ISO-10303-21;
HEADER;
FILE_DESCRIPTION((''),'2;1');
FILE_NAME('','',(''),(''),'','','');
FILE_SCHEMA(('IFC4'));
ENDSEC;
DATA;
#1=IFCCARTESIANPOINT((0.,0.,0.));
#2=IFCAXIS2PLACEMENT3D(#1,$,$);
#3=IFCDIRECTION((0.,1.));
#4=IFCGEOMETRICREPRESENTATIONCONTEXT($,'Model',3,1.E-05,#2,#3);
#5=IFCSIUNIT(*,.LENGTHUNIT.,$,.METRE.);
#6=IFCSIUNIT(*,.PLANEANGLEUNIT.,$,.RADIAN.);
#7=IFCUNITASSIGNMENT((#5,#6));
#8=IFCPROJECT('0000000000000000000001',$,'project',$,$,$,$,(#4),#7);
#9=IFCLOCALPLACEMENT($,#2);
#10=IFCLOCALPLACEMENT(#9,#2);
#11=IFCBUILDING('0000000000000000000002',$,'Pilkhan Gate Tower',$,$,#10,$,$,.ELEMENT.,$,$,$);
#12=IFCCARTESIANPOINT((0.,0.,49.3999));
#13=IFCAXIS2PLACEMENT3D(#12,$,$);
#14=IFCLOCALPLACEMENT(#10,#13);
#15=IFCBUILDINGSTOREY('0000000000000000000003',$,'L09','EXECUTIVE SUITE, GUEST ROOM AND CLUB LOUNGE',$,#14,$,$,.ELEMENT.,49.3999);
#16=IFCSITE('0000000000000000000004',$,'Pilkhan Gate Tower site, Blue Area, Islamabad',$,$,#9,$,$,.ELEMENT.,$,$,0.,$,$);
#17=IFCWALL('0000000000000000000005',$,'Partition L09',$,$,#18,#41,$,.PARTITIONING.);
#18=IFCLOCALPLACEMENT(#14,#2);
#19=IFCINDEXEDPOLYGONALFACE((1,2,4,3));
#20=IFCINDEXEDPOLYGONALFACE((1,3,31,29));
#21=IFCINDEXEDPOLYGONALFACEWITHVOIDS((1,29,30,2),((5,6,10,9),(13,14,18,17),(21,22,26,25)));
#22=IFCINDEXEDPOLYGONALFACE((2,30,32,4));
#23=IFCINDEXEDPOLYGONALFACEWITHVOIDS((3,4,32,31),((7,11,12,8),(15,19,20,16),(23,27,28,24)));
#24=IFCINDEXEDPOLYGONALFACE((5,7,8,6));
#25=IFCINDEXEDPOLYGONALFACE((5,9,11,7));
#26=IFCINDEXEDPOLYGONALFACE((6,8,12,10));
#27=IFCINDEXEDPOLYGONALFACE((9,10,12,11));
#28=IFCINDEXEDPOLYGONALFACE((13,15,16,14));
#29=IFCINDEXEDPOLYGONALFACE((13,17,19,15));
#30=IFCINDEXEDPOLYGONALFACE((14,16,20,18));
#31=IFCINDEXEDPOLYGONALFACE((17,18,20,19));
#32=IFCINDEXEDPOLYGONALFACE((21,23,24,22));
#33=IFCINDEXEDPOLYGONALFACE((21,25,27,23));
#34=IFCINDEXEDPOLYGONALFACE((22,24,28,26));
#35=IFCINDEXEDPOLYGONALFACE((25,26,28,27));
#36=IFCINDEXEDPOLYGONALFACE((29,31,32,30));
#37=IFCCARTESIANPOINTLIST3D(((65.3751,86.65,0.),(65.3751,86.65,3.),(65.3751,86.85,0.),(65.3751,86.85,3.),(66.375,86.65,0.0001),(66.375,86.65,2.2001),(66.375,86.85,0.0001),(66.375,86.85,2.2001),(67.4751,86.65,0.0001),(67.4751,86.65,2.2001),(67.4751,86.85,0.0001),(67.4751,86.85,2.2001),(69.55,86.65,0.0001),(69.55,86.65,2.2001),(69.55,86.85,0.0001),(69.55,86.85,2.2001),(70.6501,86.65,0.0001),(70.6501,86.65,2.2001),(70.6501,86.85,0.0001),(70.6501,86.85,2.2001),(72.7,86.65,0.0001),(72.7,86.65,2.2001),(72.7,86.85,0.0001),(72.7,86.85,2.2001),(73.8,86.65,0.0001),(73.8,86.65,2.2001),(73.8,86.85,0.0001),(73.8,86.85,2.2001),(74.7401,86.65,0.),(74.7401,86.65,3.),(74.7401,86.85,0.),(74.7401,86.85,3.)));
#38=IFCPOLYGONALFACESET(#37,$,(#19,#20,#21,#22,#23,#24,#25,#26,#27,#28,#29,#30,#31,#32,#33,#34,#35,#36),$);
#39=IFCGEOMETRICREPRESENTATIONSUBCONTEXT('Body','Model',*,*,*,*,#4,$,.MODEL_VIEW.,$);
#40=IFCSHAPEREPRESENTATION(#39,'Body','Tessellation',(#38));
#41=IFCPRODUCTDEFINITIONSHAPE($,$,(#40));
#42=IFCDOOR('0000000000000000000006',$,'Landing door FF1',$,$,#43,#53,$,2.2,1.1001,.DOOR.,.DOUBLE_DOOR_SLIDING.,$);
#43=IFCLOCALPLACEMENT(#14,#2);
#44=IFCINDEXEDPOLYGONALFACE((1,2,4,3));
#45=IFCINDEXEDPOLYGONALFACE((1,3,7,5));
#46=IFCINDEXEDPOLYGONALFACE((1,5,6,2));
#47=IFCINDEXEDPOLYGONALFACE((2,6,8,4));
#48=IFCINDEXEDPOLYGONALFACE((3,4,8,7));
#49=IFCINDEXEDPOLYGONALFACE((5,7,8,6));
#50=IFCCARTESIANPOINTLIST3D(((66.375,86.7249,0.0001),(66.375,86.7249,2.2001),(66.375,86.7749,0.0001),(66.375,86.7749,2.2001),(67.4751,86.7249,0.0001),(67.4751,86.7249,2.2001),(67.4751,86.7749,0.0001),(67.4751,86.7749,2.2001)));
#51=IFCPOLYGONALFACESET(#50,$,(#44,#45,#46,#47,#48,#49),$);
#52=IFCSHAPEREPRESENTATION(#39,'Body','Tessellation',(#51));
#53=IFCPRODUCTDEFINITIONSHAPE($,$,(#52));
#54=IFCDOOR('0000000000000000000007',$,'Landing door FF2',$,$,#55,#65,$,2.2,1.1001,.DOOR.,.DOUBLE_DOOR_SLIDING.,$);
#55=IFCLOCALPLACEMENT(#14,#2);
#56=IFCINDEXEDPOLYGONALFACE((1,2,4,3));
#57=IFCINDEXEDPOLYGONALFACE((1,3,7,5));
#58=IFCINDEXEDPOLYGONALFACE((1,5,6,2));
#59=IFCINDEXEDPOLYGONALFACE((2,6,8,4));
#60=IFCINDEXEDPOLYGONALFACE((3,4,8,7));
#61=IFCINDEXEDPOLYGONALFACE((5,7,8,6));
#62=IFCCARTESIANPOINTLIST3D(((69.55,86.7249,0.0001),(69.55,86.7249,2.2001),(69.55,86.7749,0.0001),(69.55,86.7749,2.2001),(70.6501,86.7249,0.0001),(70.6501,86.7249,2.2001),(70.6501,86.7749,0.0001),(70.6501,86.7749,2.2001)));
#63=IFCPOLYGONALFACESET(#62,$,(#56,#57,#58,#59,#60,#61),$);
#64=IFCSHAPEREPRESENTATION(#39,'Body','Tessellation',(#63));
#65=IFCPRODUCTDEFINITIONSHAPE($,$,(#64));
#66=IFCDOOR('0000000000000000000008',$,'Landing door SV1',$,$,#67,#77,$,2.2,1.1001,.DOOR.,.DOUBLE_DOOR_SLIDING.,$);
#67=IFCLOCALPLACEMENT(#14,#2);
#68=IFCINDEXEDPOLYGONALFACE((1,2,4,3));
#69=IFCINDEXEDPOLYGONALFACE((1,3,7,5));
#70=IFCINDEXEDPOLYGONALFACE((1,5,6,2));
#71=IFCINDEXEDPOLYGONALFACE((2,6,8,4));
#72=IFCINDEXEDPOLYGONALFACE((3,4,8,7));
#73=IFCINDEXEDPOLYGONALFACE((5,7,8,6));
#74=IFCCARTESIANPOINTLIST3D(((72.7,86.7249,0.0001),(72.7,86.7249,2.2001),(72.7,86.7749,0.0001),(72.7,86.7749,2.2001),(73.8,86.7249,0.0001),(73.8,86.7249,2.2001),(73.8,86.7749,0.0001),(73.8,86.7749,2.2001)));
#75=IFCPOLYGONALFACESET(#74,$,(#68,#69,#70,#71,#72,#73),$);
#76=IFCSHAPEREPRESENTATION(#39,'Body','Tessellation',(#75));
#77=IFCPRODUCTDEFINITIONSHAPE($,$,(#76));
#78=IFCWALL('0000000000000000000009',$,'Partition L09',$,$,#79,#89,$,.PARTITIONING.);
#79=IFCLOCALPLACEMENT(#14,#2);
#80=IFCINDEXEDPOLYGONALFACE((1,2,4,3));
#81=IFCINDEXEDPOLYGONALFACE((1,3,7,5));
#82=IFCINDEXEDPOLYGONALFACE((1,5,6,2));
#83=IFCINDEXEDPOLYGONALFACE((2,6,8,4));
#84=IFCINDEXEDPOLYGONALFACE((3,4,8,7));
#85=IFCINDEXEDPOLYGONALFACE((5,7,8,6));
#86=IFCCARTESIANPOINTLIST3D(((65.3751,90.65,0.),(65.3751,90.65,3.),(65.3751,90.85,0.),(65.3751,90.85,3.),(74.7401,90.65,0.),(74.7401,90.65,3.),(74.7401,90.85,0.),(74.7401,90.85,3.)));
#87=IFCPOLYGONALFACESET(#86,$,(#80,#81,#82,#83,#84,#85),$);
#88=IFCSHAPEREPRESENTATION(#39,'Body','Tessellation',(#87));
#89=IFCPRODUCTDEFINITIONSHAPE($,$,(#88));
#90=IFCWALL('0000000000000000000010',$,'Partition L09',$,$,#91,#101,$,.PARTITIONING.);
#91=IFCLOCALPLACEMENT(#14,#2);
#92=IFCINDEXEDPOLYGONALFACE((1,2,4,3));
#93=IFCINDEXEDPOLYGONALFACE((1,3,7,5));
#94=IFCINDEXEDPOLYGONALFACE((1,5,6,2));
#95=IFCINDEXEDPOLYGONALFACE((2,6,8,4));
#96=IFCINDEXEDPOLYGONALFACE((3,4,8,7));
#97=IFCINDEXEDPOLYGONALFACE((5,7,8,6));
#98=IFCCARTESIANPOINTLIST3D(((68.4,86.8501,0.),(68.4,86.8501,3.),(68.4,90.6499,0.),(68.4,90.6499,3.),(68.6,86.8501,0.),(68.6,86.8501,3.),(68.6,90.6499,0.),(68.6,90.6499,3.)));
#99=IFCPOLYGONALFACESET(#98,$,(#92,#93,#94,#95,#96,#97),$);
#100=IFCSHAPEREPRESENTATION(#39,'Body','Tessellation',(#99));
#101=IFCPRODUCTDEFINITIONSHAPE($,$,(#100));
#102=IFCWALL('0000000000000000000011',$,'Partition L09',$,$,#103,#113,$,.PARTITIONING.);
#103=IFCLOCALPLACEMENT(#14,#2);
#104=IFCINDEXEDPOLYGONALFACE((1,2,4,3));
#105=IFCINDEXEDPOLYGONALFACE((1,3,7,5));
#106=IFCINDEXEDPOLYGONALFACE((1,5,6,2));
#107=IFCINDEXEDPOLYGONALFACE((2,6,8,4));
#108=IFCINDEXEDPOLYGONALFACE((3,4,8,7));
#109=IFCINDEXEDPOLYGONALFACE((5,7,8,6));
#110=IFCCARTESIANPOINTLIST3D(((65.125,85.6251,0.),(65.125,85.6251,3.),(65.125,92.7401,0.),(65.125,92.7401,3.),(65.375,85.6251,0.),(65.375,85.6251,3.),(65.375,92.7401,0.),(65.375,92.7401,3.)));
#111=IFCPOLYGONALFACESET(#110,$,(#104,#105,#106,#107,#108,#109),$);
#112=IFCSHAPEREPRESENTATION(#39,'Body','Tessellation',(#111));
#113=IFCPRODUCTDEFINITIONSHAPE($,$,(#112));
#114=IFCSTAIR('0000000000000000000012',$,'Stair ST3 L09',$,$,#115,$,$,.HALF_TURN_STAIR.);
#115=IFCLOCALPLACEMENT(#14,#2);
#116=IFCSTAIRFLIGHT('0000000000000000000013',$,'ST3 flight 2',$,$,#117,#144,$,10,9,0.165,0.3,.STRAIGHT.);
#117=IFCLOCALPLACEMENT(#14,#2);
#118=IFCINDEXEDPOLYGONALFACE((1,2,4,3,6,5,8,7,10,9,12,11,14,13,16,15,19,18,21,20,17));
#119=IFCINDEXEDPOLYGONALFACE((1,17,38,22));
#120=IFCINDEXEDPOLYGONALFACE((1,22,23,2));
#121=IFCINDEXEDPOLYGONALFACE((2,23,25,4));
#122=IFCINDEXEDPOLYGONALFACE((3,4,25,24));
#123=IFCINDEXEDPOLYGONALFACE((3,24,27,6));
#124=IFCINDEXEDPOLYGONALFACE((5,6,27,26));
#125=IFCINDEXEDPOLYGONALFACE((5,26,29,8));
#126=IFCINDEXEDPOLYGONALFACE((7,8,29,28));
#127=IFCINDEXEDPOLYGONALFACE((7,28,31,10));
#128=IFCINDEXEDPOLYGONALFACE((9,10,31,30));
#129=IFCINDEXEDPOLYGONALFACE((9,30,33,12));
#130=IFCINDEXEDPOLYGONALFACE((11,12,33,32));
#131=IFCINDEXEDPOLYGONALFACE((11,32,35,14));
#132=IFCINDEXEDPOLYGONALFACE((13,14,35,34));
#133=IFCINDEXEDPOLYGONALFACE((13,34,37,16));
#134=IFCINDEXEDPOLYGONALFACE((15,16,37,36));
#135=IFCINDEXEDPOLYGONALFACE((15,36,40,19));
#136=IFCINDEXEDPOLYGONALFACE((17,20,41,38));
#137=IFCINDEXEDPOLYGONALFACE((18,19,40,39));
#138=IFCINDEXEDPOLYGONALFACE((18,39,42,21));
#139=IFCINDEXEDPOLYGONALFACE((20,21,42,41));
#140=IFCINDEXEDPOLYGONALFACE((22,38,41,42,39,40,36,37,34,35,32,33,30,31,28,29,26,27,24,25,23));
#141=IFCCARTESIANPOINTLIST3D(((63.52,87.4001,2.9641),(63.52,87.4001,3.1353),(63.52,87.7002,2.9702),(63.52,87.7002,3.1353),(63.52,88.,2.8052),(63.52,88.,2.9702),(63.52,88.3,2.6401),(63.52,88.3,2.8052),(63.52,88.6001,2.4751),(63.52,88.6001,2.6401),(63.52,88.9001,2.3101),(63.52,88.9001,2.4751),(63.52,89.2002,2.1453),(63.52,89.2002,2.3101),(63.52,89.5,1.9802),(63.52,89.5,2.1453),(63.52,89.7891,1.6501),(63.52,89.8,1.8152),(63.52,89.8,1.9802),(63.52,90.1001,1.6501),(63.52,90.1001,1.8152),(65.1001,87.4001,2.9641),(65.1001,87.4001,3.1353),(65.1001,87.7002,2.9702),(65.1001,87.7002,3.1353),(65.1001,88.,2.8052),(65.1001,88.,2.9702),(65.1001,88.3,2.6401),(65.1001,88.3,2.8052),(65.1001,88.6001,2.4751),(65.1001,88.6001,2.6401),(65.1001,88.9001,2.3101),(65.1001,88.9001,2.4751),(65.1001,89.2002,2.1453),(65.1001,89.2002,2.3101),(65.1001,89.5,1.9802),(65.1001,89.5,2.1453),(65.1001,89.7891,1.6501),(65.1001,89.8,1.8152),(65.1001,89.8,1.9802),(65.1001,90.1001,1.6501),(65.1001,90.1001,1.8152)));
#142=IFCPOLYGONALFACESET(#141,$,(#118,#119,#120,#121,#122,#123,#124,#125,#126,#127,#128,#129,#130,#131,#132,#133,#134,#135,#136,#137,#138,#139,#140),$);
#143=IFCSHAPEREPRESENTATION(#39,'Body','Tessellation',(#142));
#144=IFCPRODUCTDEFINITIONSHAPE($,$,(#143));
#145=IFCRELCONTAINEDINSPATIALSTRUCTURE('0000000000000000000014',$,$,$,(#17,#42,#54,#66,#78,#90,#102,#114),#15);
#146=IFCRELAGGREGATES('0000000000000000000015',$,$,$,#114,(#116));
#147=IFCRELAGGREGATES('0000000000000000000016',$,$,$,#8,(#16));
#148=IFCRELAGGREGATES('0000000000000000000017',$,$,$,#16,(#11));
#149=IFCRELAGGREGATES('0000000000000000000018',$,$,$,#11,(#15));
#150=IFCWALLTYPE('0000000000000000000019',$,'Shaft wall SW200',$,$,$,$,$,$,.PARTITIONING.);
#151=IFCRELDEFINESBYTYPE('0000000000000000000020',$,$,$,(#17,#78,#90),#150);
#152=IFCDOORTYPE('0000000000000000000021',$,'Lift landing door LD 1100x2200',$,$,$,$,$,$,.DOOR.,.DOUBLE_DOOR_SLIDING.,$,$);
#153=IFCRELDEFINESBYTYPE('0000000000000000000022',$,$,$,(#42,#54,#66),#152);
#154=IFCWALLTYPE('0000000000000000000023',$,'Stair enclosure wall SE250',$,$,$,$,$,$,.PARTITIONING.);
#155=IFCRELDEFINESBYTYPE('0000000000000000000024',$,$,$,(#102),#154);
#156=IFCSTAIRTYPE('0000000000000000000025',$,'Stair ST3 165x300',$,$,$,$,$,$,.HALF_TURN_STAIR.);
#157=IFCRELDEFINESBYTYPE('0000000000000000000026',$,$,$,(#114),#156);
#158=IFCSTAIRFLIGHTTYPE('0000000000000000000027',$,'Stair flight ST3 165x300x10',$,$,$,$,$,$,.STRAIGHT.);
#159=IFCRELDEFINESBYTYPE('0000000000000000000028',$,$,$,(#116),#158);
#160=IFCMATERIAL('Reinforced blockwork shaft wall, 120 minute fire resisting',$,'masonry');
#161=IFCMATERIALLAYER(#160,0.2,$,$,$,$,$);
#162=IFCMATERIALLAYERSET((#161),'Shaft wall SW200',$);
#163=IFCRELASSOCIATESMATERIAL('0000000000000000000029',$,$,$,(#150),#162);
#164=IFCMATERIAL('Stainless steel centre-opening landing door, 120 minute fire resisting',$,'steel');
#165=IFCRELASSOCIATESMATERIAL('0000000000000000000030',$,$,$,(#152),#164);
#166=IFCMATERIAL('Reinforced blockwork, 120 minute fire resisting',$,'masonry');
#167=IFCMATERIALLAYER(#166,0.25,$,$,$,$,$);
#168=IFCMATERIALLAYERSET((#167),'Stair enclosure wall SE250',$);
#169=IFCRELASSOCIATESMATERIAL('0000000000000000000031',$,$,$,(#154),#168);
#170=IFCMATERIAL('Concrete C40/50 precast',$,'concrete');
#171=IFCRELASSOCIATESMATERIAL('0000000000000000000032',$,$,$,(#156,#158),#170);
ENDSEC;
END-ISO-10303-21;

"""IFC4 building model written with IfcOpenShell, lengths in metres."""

from ifc_helpers import new_model, si_unit, direction, frame, frame_2d, origin, place, context, subcontext, project, spatial, polyline, rectangle, outline, extrude, material, layer, layer_set, type_object, element, fill, aggregate, save


model = new_model("IFC4")

# Units and contexts
model_context = context("Model", 3, precision=1e-05, world=origin(), true_north=direction((0.0, 1.0)))
body_context = subcontext(model_context, "Body", "Model", "MODEL_VIEW")
ifc_project = project(units=[si_unit("LENGTHUNIT", "METRE"), si_unit("PLANEANGLEUNIT", "RADIAN")], contexts=[model_context])

# Site, building, storey
site_placement = place(None, origin())
site = spatial("IfcSite", under=ifc_project, at=site_placement, Name="Pilkhan Gate Tower site, Blue Area, Islamabad", CompositionType="ELEMENT", RefElevation=0.0)
building_placement = place(site_placement, origin())
building = spatial("IfcBuilding", under=site, at=building_placement, Name="Pilkhan Gate Tower", CompositionType="ELEMENT")
storey_placement = place(building_placement, frame((0.0, 0.0, 49.3999)))
storey = spatial("IfcBuildingStorey", under=building, at=storey_placement, Name="L09", Description="EXECUTIVE SUITE, GUEST ROOM AND CLUB LOUNGE", CompositionType="ELEMENT", Elevation=49.3999)

# Wall, openings, doors
ifc_material_1 = material(Name="Reinforced blockwork shaft wall, 120 minute fire resisting", Category="masonry")
ifc_layer_1 = layer(ifc_material_1, 0.2)
ifc_layer_set_1 = layer_set([ifc_layer_1], Name="Shaft wall SW200")
wall_type_1 = type_object("IfcWallType", Name="Shaft wall SW200", PredefinedType="PARTITIONING", material=ifc_layer_set_1)
wall_1_placement = place(storey_placement, frame((65.375, 86.75, 0.0), z_axis=(0.0, 0.0, 1.0), x_axis=(1.0, 0.0, 0.0)))
wall_1 = element("IfcWall", 1, at=wall_1_placement, inside=storey, type_object=wall_type_1, Name="Partition L09", PredefinedType="PARTITIONING", context=body_context, shape_type="SweptSolid", body=[
    extrude(rectangle(XDim=9.365, YDim=0.2, at=frame_2d((4.6826, 0.0))), origin(), (0.0, 0.0, 1.0), 3.0),
])
opening_1_placement = place(wall_1_placement, frame((1.0, 0.0, 0.0)))
opening_1 = element("IfcOpeningElement", 2, at=opening_1_placement, cuts=wall_1, PredefinedType="OPENING", context=body_context, shape_type="SweptSolid", body=[
    extrude(rectangle(XDim=1.1001, YDim=2.2, at=frame_2d((0.55, 1.1001))), frame((0.0, 0.1099, 0.0), z_axis=(0.0, -1.0, 0.0), x_axis=(1.0, 0.0, 0.0)), (0.0, 0.0, 1.0), 0.22),
])
opening_2_placement = place(wall_1_placement, frame((4.175, 0.0, 0.0)))
opening_2 = element("IfcOpeningElement", 3, at=opening_2_placement, cuts=wall_1, PredefinedType="OPENING", context=body_context, shape_type="SweptSolid", body=[
    extrude(rectangle(XDim=1.1001, YDim=2.2, at=frame_2d((0.55, 1.1001))), frame((0.0, 0.1099, 0.0), z_axis=(0.0, -1.0, 0.0), x_axis=(1.0, 0.0, 0.0)), (0.0, 0.0, 1.0), 0.22),
])
opening_3_placement = place(wall_1_placement, frame((7.325, 0.0, 0.0)))
opening_3 = element("IfcOpeningElement", 4, at=opening_3_placement, cuts=wall_1, PredefinedType="OPENING", context=body_context, shape_type="SweptSolid", body=[
    extrude(rectangle(XDim=1.1001, YDim=2.2, at=frame_2d((0.55, 1.1001))), frame((0.0, 0.1099, 0.0), z_axis=(0.0, -1.0, 0.0), x_axis=(1.0, 0.0, 0.0)), (0.0, 0.0, 1.0), 0.22),
])
ifc_material_2 = material(Name="Stainless steel centre-opening landing door, 120 minute fire resisting", Category="steel")
door_type = type_object("IfcDoorType", Name="Lift landing door LD 1100x2200", OperationType="DOUBLE_DOOR_SLIDING", PredefinedType="DOOR", material=ifc_material_2)
door_1_placement = place(opening_1_placement, origin())
door_1 = element("IfcDoor", 5, at=door_1_placement, inside=storey, type_object=door_type, Name="Landing door FF1", OperationType="DOUBLE_DOOR_SLIDING", OverallHeight=2.2, OverallWidth=1.1001, PredefinedType="DOOR", context=body_context, shape_type="SweptSolid", body=[
    extrude(rectangle(XDim=1.1001, YDim=2.2, at=frame_2d((0.55, 1.1001))), frame((0.0, 0.0249, 0.0), z_axis=(0.0, -1.0, 0.0), x_axis=(1.0, 0.0, 0.0)), (0.0, 0.0, 1.0), 0.05),
])
fill(opening_1, door_1)
door_2_placement = place(opening_2_placement, origin())
door_2 = element("IfcDoor", 6, at=door_2_placement, inside=storey, type_object=door_type, Name="Landing door FF2", OperationType="DOUBLE_DOOR_SLIDING", OverallHeight=2.2, OverallWidth=1.1001, PredefinedType="DOOR", context=body_context, shape_type="SweptSolid", body=[
    extrude(rectangle(XDim=1.1001, YDim=2.2, at=frame_2d((0.55, 1.1001))), frame((0.0, 0.0249, 0.0), z_axis=(0.0, -1.0, 0.0), x_axis=(1.0, 0.0, 0.0)), (0.0, 0.0, 1.0), 0.05),
])
fill(opening_2, door_2)
door_3_placement = place(opening_3_placement, origin())
door_3 = element("IfcDoor", 7, at=door_3_placement, inside=storey, type_object=door_type, Name="Landing door SV1", OperationType="DOUBLE_DOOR_SLIDING", OverallHeight=2.2, OverallWidth=1.1001, PredefinedType="DOOR", context=body_context, shape_type="SweptSolid", body=[
    extrude(rectangle(XDim=1.1001, YDim=2.2, at=frame_2d((0.55, 1.1001))), frame((0.0, 0.0249, 0.0), z_axis=(0.0, -1.0, 0.0), x_axis=(1.0, 0.0, 0.0)), (0.0, 0.0, 1.0), 0.05),
])
fill(opening_3, door_3)

# Walls
wall_2_placement = place(storey_placement, frame((65.375, 90.75, 0.0), z_axis=(0.0, 0.0, 1.0), x_axis=(1.0, 0.0, 0.0)))
element("IfcWall", 8, at=wall_2_placement, inside=storey, type_object=wall_type_1, Name="Partition L09", PredefinedType="PARTITIONING", context=body_context, shape_type="SweptSolid", body=[
    extrude(rectangle(XDim=9.365, YDim=0.2, at=frame_2d((4.6826, 0.0))), origin(), (0.0, 0.0, 1.0), 3.0),
])
wall_3_placement = place(storey_placement, frame((68.5, 86.8501, 0.0), z_axis=(0.0, 0.0, 1.0), x_axis=(0.0, 1.0, 0.0)))
element("IfcWall", 9, at=wall_3_placement, inside=storey, type_object=wall_type_1, Name="Partition L09", PredefinedType="PARTITIONING", context=body_context, shape_type="SweptSolid", body=[
    extrude(rectangle(XDim=3.7998, YDim=0.2, at=frame_2d((1.8999, 0.0))), origin(), (0.0, 0.0, 1.0), 3.0),
])
ifc_material_3 = material(Name="Reinforced blockwork, 120 minute fire resisting", Category="masonry")
ifc_layer_2 = layer(ifc_material_3, 0.25)
ifc_layer_set_2 = layer_set([ifc_layer_2], Name="Stair enclosure wall SE250")
wall_type_2 = type_object("IfcWallType", Name="Stair enclosure wall SE250", PredefinedType="PARTITIONING", material=ifc_layer_set_2)
wall_4_placement = place(storey_placement, frame((65.25, 85.625, 0.0), z_axis=(0.0, 0.0, 1.0), x_axis=(0.0, 1.0, 0.0)))
element("IfcWall", 10, at=wall_4_placement, inside=storey, type_object=wall_type_2, Name="Partition L09", PredefinedType="PARTITIONING", context=body_context, shape_type="SweptSolid", body=[
    extrude(rectangle(XDim=7.115, YDim=0.25, at=frame_2d((3.5576, 0.0))), origin(), (0.0, 0.0, 1.0), 3.0),
])

# Stair, stair flight
ifc_material_4 = material(Name="Concrete C40/50 precast", Category="concrete")
stair_type = type_object("IfcStairType", Name="Stair ST3 165x300", PredefinedType="HALF_TURN_STAIR", material=ifc_material_4)
stair_placement = place(storey_placement, origin())
stair = element("IfcStair", 11, at=stair_placement, inside=storey, type_object=stair_type, Name="Stair ST3 L09", PredefinedType="HALF_TURN_STAIR")
stair_flight_type = type_object("IfcStairFlightType", Name="Stair flight ST3 165x300x10", PredefinedType="STRAIGHT", material=ifc_material_4)
stair_flight_placement = place(storey_placement, frame((64.3101, 90.1001, 1.6501), z_axis=(0.0, 0.0, 1.0), x_axis=(0.0, -1.0, 0.0)))
stair_flight = element("IfcStairFlight", 12, at=stair_flight_placement, type_object=stair_flight_type, Name="ST3 flight 2", NumberOfRisers=10, NumberOfTreads=9, PredefinedType="STRAIGHT", RiserHeight=0.165, TreadLength=0.3, context=body_context, shape_type="SweptSolid", body=[
    extrude(outline(polyline([(0.0, 0.0), (0.0, 0.165), (0.3, 0.165), (0.3, 0.3301), (0.6001, 0.3301), (0.6001, 0.4951), (0.8999, 0.4951), (0.8999, 0.6599), (1.2, 0.6599), (1.2, 0.825), (1.5, 0.825), (1.5, 0.99), (1.8, 0.99), (1.8, 1.155), (2.1001, 1.155), (2.1001, 1.3201), (2.3999, 1.3201), (2.3999, 1.4851), (2.7, 1.4851), (2.7, 1.6499), (2.7, 1.314), (0.311, 0.0), (0.0, 0.0)])), frame((0.0, 0.79, 0.0), z_axis=(0.0, -1.0, 0.0), x_axis=(1.0, 0.0, 0.0)), (0.0, 0.0, 1.0), 1.5801),
])
aggregate(stair, [stair_flight])

save(model, "model.ifc")
